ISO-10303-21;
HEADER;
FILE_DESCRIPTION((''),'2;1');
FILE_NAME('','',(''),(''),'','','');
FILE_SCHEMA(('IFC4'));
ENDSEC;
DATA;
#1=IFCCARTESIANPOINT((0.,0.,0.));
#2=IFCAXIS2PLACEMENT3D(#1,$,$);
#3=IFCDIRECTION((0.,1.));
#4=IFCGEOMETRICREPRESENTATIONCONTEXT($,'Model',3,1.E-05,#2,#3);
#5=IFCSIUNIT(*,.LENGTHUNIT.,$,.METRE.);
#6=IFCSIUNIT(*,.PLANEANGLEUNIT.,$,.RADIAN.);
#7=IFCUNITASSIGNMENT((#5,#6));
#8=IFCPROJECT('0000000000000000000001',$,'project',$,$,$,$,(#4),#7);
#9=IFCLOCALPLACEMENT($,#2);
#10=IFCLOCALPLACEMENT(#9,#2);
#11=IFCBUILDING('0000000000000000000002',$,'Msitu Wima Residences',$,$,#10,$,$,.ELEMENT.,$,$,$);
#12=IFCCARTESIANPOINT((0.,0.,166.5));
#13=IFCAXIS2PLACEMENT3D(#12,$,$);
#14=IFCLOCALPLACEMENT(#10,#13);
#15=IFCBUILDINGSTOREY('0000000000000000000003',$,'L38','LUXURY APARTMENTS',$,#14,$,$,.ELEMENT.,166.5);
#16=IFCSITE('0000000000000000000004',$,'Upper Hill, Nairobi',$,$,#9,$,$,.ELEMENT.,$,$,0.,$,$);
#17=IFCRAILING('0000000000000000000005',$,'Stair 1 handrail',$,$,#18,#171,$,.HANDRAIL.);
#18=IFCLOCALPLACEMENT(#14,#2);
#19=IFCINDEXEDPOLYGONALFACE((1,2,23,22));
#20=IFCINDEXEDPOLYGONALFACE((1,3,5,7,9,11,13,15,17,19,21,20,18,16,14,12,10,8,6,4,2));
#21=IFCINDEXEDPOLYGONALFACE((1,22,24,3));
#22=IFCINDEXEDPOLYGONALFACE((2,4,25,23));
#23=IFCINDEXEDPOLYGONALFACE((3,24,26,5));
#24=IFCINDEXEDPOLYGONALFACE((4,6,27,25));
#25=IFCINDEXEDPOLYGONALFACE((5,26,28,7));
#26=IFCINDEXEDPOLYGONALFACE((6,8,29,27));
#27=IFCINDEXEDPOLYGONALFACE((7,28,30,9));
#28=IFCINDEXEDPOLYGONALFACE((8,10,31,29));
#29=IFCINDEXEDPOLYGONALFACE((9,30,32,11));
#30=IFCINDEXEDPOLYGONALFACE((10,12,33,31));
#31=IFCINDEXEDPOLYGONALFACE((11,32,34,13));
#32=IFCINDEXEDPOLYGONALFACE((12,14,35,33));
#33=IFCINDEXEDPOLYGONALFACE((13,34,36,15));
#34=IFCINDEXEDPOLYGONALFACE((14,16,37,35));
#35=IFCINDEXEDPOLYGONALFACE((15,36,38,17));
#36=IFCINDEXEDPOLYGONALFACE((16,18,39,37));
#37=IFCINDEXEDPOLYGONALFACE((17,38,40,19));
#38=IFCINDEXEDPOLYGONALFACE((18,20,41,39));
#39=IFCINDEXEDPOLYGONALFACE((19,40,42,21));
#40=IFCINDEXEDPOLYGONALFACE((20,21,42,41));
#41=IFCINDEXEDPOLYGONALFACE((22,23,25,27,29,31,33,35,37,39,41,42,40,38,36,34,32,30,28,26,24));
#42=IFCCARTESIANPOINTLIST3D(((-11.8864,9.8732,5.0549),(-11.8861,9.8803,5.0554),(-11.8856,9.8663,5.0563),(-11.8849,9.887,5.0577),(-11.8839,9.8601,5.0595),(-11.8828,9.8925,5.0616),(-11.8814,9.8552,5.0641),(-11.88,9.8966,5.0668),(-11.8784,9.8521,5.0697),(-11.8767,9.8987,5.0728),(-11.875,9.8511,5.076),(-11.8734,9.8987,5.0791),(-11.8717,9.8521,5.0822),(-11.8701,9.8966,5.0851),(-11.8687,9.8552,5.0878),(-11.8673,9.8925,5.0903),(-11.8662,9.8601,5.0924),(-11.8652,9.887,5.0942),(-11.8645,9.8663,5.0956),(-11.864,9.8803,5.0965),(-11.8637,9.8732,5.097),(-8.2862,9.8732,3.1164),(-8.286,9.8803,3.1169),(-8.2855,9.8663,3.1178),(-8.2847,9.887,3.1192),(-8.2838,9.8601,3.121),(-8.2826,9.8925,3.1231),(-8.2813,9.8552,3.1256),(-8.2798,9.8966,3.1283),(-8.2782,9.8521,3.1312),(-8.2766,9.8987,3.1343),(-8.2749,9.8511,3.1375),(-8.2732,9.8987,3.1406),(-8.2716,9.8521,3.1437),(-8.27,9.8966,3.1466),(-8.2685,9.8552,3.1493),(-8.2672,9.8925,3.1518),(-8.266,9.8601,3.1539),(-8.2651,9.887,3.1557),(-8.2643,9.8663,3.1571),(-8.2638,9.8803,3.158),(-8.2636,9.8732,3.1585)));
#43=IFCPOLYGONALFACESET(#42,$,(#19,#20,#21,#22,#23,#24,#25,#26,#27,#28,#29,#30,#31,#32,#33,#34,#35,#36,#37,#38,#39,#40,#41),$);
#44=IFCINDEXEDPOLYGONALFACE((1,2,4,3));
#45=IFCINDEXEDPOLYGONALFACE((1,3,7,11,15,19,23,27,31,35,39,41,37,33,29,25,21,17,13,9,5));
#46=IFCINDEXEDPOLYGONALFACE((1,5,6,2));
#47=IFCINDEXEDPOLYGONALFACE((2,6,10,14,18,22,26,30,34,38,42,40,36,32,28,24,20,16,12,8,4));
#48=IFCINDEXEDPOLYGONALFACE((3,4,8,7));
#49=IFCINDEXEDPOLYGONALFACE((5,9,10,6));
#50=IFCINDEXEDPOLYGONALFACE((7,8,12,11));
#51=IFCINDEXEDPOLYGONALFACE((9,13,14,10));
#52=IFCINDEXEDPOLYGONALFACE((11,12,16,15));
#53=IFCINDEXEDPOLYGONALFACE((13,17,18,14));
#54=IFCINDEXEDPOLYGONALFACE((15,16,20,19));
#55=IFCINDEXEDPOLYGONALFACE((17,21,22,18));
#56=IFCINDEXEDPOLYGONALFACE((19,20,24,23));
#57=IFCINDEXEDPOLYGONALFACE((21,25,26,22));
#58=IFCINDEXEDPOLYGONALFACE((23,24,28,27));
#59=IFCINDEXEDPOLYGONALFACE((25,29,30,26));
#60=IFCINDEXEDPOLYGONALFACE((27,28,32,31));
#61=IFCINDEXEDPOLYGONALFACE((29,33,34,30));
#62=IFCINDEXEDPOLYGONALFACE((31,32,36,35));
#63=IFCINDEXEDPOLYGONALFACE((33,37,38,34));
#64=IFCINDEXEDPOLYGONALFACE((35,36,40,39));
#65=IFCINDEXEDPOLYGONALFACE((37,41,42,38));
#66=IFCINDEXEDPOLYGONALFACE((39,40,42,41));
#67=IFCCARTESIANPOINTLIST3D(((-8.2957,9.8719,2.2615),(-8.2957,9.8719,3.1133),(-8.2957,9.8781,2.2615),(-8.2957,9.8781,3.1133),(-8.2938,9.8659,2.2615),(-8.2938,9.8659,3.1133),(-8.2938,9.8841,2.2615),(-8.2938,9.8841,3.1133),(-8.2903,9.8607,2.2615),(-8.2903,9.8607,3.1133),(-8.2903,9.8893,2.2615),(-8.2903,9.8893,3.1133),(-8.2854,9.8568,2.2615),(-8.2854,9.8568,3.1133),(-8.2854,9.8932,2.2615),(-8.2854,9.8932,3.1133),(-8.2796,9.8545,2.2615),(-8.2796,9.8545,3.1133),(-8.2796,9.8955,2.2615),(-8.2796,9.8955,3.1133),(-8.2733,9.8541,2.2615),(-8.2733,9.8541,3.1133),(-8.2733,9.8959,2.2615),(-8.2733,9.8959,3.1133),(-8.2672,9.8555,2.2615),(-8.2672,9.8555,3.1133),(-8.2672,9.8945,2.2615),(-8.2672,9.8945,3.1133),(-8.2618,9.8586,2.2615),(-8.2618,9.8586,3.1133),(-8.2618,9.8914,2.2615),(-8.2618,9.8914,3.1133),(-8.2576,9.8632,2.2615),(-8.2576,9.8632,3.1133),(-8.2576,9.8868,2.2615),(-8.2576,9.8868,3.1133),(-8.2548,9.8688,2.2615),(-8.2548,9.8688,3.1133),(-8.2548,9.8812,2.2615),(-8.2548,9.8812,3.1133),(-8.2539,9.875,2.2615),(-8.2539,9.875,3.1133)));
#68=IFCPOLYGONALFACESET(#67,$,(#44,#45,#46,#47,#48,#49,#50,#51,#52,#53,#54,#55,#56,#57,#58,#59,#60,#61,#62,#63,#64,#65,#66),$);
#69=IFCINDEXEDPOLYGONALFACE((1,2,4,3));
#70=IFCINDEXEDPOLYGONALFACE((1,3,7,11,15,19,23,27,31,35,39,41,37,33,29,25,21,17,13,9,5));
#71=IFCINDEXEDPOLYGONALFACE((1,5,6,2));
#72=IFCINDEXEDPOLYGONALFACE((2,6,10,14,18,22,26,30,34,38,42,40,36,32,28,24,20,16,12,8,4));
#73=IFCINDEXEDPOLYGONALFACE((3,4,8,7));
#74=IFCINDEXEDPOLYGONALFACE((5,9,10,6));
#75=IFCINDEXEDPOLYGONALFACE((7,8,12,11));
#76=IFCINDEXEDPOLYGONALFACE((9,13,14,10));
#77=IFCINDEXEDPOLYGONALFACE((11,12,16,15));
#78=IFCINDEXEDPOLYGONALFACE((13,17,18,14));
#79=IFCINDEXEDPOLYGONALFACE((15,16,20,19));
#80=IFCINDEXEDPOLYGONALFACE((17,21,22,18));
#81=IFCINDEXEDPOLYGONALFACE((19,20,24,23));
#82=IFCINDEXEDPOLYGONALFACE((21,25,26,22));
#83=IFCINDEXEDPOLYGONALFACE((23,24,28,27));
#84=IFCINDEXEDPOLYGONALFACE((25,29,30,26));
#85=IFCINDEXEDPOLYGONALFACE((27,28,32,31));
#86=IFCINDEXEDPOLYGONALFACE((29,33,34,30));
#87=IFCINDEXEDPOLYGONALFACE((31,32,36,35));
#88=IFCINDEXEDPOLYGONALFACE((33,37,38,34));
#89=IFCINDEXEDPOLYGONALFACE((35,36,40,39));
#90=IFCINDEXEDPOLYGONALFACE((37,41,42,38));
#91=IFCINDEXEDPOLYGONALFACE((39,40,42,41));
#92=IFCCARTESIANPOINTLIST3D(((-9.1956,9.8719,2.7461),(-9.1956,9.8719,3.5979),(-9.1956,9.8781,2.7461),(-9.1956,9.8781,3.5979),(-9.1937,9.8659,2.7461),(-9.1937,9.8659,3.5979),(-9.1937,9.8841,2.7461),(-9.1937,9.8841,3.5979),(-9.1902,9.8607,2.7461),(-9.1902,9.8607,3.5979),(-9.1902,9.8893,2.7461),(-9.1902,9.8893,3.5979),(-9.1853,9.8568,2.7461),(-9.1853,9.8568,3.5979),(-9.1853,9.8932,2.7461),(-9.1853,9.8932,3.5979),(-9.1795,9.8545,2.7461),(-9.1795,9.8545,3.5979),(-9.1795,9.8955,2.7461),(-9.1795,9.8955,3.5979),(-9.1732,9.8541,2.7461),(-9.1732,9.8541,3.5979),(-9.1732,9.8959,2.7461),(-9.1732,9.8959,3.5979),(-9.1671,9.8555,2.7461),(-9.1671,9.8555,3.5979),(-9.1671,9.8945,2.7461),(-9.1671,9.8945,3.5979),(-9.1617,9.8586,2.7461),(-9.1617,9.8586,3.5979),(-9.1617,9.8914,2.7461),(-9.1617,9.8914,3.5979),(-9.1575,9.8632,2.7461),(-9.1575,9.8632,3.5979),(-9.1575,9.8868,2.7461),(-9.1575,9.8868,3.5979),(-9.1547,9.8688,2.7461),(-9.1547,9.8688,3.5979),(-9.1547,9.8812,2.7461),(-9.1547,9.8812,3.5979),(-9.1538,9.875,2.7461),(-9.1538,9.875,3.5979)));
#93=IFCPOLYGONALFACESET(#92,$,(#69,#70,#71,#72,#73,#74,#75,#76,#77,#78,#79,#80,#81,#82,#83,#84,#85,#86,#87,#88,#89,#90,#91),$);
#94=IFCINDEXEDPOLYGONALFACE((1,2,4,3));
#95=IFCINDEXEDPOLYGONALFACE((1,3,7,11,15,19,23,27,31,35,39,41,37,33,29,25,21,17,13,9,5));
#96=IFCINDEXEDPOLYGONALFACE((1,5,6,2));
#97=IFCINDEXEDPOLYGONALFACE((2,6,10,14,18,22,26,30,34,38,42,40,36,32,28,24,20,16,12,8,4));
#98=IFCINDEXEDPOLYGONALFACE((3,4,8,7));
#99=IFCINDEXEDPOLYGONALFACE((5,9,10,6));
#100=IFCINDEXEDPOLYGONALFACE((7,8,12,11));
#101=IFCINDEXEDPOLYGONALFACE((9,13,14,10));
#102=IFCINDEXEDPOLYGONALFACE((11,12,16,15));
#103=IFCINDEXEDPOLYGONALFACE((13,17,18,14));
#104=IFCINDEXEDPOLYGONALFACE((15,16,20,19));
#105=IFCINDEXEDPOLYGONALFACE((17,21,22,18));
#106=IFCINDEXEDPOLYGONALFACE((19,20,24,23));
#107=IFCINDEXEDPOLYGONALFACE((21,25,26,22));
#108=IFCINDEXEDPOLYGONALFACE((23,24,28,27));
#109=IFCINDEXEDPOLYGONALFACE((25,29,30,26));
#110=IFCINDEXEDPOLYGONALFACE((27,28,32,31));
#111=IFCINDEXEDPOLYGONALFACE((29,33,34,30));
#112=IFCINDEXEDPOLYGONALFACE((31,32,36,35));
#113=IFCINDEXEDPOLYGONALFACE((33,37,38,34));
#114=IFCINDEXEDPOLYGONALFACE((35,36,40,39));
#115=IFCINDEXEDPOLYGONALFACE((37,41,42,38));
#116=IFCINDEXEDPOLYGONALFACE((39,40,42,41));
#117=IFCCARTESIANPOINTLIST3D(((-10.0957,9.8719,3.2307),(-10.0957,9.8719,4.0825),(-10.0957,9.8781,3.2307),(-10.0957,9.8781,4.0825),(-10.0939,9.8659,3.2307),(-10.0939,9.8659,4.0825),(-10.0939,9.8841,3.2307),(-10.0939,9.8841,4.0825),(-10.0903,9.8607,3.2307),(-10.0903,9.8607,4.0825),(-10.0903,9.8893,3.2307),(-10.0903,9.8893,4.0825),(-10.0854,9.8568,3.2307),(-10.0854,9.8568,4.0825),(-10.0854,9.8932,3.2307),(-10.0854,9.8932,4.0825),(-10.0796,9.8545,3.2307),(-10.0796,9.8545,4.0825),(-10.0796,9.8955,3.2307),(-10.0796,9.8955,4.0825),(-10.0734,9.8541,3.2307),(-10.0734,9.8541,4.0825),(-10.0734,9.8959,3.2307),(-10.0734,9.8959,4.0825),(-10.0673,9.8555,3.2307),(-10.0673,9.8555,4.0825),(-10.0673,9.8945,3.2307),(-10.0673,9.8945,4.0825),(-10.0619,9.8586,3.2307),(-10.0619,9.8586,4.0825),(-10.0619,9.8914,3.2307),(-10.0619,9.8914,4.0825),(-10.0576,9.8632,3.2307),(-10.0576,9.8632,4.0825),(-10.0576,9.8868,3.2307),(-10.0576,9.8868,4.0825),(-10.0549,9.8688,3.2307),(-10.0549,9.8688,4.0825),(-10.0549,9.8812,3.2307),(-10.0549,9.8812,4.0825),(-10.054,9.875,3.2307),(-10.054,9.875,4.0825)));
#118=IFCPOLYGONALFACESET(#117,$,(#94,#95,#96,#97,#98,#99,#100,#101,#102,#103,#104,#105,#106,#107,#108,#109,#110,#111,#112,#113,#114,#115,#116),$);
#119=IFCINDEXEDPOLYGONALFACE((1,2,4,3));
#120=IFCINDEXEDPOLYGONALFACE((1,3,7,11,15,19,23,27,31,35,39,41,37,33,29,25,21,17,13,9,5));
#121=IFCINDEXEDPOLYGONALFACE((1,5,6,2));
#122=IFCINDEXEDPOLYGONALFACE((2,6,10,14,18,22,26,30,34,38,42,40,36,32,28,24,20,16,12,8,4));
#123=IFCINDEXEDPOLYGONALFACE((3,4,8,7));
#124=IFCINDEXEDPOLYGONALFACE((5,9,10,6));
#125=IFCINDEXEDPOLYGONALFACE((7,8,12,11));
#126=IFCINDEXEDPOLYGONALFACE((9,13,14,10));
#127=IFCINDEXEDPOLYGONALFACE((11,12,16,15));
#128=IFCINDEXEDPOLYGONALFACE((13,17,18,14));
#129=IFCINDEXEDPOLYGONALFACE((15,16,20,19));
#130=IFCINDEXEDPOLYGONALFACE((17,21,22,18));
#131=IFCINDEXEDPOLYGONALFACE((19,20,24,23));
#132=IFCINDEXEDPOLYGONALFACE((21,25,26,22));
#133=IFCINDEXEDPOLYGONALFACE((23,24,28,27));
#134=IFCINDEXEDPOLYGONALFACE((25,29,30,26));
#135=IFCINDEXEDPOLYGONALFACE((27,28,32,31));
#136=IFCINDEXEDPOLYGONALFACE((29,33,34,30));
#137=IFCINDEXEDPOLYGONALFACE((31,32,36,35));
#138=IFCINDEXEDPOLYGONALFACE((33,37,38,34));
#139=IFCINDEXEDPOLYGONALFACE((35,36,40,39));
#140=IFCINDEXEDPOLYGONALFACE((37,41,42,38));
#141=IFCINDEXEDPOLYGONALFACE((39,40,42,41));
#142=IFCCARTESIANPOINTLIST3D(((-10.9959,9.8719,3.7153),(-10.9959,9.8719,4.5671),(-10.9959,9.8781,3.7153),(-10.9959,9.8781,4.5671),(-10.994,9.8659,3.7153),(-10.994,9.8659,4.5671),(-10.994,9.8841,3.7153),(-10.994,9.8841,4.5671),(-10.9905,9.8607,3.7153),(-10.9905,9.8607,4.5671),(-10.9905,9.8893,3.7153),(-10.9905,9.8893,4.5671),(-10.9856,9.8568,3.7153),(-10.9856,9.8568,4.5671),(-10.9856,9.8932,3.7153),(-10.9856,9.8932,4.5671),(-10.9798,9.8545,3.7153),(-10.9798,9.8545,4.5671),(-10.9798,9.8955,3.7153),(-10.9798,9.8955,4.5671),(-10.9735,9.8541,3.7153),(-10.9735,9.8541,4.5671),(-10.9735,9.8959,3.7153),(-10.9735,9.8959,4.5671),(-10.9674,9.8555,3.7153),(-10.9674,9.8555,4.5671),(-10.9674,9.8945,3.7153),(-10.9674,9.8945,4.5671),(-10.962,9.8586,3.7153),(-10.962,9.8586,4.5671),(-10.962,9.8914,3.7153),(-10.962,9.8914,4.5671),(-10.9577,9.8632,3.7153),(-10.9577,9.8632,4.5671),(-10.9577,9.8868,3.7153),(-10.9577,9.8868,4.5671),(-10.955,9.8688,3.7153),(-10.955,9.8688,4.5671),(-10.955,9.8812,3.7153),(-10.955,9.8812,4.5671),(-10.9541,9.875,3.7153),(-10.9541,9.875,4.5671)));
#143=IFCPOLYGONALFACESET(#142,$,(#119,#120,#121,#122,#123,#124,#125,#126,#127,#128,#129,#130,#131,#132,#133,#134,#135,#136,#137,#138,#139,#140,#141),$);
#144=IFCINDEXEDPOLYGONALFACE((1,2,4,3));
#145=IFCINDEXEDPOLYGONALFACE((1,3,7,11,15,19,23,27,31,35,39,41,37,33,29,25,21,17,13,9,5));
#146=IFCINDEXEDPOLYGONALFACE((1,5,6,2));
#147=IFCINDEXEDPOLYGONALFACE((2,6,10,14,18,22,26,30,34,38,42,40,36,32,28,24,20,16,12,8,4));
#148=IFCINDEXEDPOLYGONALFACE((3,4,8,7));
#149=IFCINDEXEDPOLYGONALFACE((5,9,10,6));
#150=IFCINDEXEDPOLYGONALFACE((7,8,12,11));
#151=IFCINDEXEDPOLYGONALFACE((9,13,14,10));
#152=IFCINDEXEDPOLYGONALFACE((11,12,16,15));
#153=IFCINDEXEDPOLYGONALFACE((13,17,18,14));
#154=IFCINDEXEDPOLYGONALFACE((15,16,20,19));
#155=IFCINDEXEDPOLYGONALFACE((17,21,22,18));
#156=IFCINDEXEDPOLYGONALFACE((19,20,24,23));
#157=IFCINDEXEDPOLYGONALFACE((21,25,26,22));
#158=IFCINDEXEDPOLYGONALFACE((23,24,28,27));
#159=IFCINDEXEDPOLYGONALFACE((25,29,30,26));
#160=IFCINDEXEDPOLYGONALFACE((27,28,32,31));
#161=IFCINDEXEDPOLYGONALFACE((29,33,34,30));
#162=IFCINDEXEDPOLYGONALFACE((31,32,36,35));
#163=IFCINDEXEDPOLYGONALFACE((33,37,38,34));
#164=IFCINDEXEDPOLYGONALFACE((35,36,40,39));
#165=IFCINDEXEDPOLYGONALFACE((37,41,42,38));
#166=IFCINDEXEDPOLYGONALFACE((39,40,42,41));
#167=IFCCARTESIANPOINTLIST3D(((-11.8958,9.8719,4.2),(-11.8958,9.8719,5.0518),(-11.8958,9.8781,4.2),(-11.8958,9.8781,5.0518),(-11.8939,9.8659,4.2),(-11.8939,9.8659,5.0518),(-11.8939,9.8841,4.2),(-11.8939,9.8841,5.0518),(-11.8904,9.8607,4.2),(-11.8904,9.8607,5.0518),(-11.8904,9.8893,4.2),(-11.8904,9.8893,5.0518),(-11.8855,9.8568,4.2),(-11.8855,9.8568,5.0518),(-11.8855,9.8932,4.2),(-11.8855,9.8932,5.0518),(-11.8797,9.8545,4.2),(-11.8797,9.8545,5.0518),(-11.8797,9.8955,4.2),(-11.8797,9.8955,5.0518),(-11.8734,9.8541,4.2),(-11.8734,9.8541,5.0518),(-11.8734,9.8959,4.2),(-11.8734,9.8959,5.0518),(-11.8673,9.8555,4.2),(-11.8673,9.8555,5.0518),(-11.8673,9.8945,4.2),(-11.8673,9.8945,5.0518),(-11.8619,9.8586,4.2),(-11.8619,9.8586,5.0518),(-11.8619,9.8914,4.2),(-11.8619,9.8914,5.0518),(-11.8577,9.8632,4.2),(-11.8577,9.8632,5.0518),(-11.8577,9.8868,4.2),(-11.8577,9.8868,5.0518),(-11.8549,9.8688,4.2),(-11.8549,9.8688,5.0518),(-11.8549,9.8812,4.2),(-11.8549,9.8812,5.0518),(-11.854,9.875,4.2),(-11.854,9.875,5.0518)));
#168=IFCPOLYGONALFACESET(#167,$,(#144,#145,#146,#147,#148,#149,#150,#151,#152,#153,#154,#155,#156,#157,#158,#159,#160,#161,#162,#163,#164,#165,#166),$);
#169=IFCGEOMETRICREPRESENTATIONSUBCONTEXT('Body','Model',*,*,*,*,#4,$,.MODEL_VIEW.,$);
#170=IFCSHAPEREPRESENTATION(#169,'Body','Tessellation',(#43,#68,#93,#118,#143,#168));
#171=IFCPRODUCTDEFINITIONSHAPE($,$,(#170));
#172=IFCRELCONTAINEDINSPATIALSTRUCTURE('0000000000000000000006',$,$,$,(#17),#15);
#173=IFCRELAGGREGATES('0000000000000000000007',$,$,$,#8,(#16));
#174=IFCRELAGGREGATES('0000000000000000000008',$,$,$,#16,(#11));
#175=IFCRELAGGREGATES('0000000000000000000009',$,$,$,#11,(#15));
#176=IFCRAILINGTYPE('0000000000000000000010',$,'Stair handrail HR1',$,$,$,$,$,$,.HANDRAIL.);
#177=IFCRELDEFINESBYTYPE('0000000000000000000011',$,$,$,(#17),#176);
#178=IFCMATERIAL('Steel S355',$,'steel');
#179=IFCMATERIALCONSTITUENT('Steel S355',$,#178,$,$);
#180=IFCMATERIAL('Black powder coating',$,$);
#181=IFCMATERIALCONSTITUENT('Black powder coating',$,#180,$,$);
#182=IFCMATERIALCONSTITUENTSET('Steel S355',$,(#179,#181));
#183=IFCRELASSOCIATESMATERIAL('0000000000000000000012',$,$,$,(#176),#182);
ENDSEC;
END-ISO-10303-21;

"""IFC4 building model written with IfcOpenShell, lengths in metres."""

from ifc_helpers import new_model, si_unit, direction, frame, origin, origin_2d, place, context, subcontext, project, spatial, circle, extrude, material, constituent, constituent_set, type_object, element, save


model = new_model("IFC4")

# Units and contexts
model_context = context("Model", 3, precision=1e-05, world=origin(), true_north=direction((0.0, 1.0)))
body_context = subcontext(model_context, "Body", "Model", "MODEL_VIEW")
ifc_project = project(units=[si_unit("LENGTHUNIT", "METRE"), si_unit("PLANEANGLEUNIT", "RADIAN")], contexts=[model_context])

# Site, building, storey
site_placement = place(None, origin())
site = spatial("IfcSite", under=ifc_project, at=site_placement, Name="Upper Hill, Nairobi", CompositionType="ELEMENT", RefElevation=0.0)
building_placement = place(site_placement, origin())
building = spatial("IfcBuilding", under=site, at=building_placement, Name="Msitu Wima Residences", CompositionType="ELEMENT")
storey_placement = place(building_placement, frame((0.0, 0.0, 166.5)))
storey = spatial("IfcBuildingStorey", under=building, at=storey_placement, Name="L38", Description="LUXURY APARTMENTS", CompositionType="ELEMENT", Elevation=166.5)

# Railing
ifc_material_1 = material(Name="Steel S355", Category="steel")
ifc_constituent_1 = constituent(ifc_material_1, Name="Steel S355")
ifc_material_2 = material(Name="Black powder coating")
ifc_constituent_2 = constituent(ifc_material_2, Name="Black powder coating")
ifc_constituent_set = constituent_set(constituents=[ifc_constituent_1, ifc_constituent_2], Name="Steel S355")
railing_type = type_object("IfcRailingType", Name="Stair handrail HR1", PredefinedType="HANDRAIL", material=ifc_constituent_set)
railing_placement = place(storey_placement, frame((-8.2749, 9.875, 2.2615)))
element("IfcRailing", 1, at=railing_placement, inside=storey, type_object=railing_type, Name="Stair 1 handrail", PredefinedType="HANDRAIL", context=body_context, shape_type="SweptSolid", body=[
    extrude(circle(Radius=0.0239, at=origin_2d()), frame((0.0, 0.0, 0.876), z_axis=(-0.880475, 0.0, 0.474093), x_axis=(0.0, -1.0, 0.0)), (0.0, 0.0, 1.0), 4.0889),
    extrude(circle(Radius=0.021, at=origin_2d()), origin(), (0.0, 0.0, 1.0), 0.8518),
    extrude(circle(Radius=0.021, at=origin_2d()), frame((-0.8999, 0.0, 0.4846)), (0.0, 0.0, 1.0), 0.8518),
    extrude(circle(Radius=0.021, at=origin_2d()), frame((-1.8, 0.0, 0.9692)), (0.0, 0.0, 1.0), 0.8518),
    extrude(circle(Radius=0.021, at=origin_2d()), frame((-2.7002, 0.0, 1.4539)), (0.0, 0.0, 1.0), 0.8518),
    extrude(circle(Radius=0.021, at=origin_2d()), frame((-3.6001, 0.0, 1.9385)), (0.0, 0.0, 1.0), 0.8518),
])

save(model, "model.ifc")
